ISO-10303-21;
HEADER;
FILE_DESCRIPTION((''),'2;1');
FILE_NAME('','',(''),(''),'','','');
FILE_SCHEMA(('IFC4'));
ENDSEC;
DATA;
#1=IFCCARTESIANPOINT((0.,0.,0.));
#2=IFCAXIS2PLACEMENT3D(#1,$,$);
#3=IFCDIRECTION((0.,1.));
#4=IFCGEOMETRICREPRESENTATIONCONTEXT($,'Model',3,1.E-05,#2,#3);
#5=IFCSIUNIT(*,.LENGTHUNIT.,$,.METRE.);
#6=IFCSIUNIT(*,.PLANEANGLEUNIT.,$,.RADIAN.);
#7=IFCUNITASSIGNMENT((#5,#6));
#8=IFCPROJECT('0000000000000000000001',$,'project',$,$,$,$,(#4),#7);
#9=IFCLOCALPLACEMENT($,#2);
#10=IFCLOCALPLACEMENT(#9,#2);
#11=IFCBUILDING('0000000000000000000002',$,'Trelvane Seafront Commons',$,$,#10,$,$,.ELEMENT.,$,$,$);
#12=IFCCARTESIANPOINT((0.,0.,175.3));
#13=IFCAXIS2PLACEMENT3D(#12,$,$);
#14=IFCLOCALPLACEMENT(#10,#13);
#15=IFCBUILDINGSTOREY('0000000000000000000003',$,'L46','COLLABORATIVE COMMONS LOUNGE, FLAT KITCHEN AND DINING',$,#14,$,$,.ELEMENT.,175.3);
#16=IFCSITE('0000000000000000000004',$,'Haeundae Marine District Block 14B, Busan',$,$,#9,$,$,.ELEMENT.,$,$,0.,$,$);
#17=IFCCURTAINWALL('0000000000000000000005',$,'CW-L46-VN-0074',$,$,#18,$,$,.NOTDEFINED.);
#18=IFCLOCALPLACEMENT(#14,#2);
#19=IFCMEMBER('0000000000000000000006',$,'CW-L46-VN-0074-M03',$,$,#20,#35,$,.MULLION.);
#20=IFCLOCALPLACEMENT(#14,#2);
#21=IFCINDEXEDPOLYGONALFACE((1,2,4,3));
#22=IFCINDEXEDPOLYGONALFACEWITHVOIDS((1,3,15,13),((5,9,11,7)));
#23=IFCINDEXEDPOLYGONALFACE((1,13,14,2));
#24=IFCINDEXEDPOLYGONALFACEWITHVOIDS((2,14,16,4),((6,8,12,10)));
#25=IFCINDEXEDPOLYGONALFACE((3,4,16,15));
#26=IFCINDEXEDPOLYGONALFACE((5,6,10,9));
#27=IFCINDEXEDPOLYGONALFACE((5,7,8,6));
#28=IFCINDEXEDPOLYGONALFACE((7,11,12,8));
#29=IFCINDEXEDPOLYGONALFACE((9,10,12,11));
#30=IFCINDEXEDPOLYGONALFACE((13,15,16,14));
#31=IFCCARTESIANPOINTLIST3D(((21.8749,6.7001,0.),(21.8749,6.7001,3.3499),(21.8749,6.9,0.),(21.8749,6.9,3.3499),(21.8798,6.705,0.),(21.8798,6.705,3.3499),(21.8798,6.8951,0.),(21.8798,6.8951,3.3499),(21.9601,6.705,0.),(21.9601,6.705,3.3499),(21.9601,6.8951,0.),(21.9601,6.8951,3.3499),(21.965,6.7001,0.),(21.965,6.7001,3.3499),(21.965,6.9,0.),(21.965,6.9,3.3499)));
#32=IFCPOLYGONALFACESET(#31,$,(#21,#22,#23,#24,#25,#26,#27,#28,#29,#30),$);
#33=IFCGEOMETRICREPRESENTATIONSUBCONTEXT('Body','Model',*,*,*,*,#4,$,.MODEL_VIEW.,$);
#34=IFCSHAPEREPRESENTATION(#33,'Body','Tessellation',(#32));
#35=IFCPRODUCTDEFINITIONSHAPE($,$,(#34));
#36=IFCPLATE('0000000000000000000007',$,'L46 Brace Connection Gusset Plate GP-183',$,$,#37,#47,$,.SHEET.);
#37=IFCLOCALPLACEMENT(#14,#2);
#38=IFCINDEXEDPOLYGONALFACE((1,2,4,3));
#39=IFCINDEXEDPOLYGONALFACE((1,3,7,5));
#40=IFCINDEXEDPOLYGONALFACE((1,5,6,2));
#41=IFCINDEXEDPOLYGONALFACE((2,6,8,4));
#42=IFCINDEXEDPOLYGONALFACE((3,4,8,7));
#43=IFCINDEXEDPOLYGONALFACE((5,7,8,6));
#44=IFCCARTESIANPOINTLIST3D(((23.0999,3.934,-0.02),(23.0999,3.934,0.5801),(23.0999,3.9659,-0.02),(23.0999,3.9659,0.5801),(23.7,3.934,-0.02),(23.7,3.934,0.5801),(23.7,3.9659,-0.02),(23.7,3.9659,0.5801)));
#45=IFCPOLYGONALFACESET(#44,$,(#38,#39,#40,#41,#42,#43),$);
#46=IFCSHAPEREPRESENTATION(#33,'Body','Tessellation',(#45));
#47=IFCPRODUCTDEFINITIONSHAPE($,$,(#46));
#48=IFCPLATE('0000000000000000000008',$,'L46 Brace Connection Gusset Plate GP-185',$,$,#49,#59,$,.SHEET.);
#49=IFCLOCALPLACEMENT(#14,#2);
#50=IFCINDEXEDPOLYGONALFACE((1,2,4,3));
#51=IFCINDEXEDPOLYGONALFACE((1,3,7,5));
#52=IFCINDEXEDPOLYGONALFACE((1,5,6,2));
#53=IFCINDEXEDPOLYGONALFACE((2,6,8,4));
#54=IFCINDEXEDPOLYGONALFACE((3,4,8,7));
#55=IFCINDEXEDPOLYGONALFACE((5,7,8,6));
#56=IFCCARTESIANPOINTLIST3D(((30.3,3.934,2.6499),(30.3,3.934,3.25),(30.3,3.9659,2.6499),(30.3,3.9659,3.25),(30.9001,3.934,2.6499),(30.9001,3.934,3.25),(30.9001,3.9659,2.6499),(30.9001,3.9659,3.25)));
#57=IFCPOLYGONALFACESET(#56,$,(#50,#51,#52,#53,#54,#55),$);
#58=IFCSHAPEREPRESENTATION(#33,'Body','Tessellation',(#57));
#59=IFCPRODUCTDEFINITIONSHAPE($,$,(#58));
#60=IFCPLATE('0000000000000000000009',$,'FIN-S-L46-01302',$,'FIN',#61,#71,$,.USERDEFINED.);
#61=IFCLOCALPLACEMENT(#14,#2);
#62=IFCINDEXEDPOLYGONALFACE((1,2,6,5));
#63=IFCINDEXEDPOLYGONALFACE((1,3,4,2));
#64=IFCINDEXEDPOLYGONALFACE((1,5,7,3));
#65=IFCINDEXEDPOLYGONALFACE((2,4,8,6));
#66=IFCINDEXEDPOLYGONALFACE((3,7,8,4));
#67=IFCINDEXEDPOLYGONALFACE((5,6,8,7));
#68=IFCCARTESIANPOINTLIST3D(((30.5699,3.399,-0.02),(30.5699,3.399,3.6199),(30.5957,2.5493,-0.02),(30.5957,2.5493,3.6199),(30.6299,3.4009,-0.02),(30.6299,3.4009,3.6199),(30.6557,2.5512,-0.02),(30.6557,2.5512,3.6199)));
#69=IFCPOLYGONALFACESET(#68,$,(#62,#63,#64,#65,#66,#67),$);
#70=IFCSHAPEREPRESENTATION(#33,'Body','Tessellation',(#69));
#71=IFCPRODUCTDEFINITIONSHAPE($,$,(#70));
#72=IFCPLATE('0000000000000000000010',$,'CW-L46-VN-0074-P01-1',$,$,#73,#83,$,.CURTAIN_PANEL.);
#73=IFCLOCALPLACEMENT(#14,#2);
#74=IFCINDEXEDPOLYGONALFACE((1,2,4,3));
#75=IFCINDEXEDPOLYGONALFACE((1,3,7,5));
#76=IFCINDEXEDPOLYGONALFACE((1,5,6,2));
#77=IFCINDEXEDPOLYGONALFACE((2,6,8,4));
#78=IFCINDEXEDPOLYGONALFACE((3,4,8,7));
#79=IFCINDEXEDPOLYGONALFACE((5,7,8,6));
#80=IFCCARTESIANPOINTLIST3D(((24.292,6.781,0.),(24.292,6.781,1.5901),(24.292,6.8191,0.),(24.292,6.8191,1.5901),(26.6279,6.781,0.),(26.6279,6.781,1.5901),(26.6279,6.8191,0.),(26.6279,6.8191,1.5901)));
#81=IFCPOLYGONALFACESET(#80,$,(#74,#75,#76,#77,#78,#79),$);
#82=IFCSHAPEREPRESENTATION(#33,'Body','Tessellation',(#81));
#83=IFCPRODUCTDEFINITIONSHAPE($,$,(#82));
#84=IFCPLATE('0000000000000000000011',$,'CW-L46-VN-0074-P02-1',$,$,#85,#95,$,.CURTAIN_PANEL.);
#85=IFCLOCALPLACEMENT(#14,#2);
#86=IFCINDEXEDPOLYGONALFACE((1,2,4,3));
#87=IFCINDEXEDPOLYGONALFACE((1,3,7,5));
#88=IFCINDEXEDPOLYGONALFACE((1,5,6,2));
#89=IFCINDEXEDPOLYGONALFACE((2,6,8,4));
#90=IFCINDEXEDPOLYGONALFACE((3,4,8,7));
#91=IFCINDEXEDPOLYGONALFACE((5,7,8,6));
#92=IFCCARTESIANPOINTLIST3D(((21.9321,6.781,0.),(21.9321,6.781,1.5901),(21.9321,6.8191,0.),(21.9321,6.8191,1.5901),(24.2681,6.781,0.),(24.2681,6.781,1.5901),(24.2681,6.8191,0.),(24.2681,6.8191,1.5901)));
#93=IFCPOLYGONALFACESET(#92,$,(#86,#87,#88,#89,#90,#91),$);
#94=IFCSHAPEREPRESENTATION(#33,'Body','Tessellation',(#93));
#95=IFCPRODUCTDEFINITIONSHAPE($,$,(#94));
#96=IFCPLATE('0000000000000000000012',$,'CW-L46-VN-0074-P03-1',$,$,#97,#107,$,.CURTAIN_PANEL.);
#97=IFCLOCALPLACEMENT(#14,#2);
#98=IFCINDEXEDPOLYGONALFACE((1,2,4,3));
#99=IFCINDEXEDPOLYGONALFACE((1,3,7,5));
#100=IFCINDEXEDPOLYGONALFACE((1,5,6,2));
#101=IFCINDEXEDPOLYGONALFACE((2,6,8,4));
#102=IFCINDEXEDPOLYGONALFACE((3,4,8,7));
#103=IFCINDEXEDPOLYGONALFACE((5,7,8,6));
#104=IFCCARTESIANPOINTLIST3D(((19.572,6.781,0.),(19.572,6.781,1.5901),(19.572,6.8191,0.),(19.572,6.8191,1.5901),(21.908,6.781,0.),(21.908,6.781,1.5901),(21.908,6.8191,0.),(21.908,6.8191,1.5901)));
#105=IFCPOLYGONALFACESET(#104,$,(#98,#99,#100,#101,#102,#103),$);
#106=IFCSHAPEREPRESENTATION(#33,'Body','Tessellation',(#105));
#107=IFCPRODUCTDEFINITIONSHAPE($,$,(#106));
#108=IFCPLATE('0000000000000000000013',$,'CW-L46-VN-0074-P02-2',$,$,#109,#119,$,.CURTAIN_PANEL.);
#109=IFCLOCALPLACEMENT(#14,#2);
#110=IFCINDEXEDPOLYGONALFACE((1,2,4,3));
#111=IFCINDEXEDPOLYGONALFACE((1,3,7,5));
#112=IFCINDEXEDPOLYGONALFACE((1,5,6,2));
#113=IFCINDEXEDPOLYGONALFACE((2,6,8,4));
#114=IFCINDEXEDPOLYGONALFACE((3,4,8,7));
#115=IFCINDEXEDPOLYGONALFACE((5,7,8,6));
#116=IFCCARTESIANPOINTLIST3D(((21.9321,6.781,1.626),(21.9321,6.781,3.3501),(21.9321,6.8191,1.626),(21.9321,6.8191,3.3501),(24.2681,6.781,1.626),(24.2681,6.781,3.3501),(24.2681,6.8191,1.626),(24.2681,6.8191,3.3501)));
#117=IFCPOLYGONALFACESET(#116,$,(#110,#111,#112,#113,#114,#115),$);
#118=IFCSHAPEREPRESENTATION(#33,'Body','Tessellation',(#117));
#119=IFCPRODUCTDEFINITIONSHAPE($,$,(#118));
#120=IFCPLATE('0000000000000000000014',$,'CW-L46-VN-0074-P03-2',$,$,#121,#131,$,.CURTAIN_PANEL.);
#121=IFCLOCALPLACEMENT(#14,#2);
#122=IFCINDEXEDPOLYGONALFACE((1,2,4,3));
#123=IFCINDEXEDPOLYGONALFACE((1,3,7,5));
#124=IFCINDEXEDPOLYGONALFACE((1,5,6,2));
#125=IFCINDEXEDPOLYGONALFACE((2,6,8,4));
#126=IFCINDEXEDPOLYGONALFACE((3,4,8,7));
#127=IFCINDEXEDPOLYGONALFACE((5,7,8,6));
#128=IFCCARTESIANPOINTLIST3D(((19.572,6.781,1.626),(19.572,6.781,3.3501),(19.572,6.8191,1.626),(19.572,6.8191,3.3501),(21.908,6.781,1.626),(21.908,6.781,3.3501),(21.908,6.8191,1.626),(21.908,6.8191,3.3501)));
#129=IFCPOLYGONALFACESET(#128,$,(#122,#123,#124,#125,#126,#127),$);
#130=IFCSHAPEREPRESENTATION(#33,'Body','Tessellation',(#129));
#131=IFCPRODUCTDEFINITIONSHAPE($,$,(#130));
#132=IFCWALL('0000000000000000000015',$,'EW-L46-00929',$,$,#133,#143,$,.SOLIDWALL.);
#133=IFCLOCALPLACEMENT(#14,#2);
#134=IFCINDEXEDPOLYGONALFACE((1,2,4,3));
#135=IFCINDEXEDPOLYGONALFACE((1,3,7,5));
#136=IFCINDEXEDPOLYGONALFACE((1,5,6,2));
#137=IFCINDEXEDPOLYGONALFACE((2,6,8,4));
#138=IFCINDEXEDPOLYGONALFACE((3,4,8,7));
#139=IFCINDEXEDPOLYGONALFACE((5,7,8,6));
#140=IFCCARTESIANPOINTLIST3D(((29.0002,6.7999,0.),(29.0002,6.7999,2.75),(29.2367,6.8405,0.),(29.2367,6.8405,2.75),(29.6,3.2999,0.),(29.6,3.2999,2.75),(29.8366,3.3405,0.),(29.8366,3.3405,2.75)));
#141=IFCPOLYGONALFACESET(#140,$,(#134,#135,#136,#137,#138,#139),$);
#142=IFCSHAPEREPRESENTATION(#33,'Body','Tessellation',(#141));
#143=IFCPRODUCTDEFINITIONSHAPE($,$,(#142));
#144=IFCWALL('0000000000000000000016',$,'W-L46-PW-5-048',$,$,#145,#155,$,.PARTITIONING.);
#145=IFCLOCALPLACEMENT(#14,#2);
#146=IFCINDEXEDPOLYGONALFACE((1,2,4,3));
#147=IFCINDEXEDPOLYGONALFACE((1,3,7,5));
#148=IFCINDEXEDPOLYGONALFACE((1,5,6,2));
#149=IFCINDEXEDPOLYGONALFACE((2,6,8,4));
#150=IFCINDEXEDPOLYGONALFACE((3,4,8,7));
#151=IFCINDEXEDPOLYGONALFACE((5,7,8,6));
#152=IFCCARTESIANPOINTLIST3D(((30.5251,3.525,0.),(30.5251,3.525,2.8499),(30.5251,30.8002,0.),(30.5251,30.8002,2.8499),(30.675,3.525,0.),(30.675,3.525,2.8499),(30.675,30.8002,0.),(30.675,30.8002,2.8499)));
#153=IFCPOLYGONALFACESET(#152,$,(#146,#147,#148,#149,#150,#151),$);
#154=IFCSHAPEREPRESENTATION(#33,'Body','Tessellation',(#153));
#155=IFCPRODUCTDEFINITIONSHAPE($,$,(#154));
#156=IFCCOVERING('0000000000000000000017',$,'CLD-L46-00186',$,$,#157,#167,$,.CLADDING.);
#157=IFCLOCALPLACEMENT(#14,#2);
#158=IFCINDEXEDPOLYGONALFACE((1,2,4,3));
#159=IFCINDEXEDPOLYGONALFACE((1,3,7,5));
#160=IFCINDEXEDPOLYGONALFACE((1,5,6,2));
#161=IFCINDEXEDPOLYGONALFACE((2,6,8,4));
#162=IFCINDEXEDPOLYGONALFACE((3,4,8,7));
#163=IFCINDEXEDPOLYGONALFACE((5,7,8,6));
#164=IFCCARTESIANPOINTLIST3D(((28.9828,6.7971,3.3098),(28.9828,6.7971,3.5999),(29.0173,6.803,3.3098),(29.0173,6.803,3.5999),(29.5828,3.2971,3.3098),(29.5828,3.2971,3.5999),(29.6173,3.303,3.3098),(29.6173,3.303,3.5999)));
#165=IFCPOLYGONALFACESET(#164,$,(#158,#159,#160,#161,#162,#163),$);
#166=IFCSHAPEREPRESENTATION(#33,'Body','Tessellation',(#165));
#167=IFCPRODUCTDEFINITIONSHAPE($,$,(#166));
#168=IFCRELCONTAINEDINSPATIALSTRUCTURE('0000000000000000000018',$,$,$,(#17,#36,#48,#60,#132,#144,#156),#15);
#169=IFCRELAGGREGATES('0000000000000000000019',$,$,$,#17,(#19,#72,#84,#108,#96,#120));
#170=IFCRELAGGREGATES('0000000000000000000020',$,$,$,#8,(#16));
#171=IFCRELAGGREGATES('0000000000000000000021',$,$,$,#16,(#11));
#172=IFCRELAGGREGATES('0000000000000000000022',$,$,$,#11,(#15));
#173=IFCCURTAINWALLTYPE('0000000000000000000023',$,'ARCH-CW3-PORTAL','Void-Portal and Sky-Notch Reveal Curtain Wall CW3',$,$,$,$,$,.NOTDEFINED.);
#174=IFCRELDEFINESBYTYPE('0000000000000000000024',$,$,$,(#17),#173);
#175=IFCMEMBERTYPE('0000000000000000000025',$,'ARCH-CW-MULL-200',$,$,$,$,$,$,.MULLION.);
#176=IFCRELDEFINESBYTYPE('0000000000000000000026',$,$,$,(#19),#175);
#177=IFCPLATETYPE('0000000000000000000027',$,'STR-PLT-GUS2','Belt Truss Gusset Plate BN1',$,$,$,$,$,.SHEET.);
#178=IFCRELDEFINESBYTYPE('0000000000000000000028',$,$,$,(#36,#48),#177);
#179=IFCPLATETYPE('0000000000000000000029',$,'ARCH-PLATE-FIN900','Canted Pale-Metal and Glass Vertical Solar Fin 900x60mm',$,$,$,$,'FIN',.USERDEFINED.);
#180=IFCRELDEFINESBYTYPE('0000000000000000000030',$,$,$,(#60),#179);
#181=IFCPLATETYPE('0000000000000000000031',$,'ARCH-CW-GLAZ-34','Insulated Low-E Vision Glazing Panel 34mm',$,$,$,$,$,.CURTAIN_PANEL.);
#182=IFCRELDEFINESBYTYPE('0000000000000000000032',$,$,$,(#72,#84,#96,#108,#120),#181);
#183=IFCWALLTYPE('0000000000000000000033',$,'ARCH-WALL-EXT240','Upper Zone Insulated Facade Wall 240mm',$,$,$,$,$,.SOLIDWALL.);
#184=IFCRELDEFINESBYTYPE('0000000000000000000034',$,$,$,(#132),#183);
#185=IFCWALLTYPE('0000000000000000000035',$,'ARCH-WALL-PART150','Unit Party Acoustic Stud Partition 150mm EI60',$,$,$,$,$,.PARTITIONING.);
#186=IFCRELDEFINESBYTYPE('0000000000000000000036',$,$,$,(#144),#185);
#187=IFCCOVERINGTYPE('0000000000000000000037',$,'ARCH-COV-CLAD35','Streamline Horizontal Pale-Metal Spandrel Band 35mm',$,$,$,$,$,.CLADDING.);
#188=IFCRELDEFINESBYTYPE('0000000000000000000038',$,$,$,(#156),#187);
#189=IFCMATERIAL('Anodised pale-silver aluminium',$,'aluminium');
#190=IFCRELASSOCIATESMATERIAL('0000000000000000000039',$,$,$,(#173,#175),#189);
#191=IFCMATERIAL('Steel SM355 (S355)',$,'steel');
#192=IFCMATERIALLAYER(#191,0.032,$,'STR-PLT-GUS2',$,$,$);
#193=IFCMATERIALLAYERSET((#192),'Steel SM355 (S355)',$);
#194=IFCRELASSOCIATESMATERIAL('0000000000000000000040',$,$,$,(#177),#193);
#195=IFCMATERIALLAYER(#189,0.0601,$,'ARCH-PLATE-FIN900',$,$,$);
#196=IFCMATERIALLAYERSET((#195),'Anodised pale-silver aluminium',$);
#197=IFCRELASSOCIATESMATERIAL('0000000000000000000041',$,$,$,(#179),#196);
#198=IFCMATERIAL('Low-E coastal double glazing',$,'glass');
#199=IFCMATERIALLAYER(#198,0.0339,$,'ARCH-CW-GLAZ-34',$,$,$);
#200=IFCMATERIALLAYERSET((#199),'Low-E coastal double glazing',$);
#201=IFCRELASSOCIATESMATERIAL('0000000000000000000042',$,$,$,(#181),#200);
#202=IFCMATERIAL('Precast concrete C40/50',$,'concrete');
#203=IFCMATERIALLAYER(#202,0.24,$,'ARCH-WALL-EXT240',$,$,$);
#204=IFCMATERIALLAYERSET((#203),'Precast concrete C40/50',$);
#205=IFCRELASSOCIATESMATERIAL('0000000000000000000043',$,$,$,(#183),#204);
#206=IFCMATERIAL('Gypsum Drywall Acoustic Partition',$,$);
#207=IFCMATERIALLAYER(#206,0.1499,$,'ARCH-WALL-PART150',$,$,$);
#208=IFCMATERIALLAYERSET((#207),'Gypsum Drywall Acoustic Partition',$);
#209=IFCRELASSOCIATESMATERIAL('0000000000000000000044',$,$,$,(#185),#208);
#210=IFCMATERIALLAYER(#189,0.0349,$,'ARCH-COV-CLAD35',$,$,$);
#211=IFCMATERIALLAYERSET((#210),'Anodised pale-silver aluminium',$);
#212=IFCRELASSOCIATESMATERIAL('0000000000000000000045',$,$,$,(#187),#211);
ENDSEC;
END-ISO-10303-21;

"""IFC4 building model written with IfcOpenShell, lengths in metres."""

from ifc_helpers import new_model, si_unit, direction, frame, frame_2d, origin, origin_2d, place, context, subcontext, project, spatial, rectangle, hollow_rectangle, extrude, source, transform, mapped, material, layer, layer_set, material_profile, profile_set, type_object, element, aggregate, save


model = new_model("IFC4")

# Units and contexts
model_context = context("Model", 3, precision=1e-05, world=origin(), true_north=direction((0.0, 1.0)))
body_context = subcontext(model_context, "Body", "Model", "MODEL_VIEW")
ifc_project = project(units=[si_unit("LENGTHUNIT", "METRE"), si_unit("PLANEANGLEUNIT", "RADIAN")], contexts=[model_context])

# Site, building, storey
site_placement = place(None, origin())
site = spatial("IfcSite", under=ifc_project, at=site_placement, Name="Haeundae Marine District Block 14B, Busan", CompositionType="ELEMENT", RefElevation=0.0)
building_placement = place(site_placement, origin())
building = spatial("IfcBuilding", under=site, at=building_placement, Name="Trelvane Seafront Commons", CompositionType="ELEMENT")
storey_placement = place(building_placement, frame((0.0, 0.0, 175.3)))
storey = spatial("IfcBuildingStorey", under=building, at=storey_placement, Name="L46", Description="COLLABORATIVE COMMONS LOUNGE, FLAT KITCHEN AND DINING", CompositionType="ELEMENT", Elevation=175.3)

# Shared definitions
ifc_material_1 = material(Name="Steel SM355 (S355)", Category="steel")

# Curtain wall, member
ifc_material_2 = material(Name="Anodised pale-silver aluminium", Category="aluminium")
curtain_wall_type = type_object("IfcCurtainWallType", Name="ARCH-CW3-PORTAL", Description="Void-Portal and Sky-Notch Reveal Curtain Wall CW3", PredefinedType="NOTDEFINED", material=ifc_material_2)
curtain_wall_placement = place(storey_placement, origin())
curtain_wall = element("IfcCurtainWall", 1, at=curtain_wall_placement, inside=storey, type_object=curtain_wall_type, Name="CW-L46-VN-0074", PredefinedType="NOTDEFINED")
ifc_material_profile_1 = material_profile(ifc_material_2, hollow_rectangle(XDim=0.0901, YDim=0.2, WallThickness=0.0049, at=origin_2d()), Name="MULL-90x200x5")
ifc_profile_set_1 = profile_set([ifc_material_profile_1], Name="Anodised pale-silver aluminium")
member_type_1 = type_object("IfcMemberType", Name="ARCH-CW-MULL-200", PredefinedType="MULLION", material=ifc_profile_set_1)
shared_shape_1 = source(origin(), body_context, "Body", "SweptSolid", [
    extrude(hollow_rectangle(XDim=0.0901, YDim=0.2, WallThickness=0.0049, at=origin_2d()), origin(), (0.0, 0.0, 1.0), 3.3499),
])
member_1_placement = place(storey_placement, frame((21.9199, 6.8, 0.0), z_axis=(0.0, 0.0, 1.0), x_axis=(1.0, 0.0, 0.0)))
member_1 = element("IfcMember", 2, at=member_1_placement, type_object=member_type_1, Name="CW-L46-VN-0074-M03", PredefinedType="MULLION", context=body_context, shape_type="MappedRepresentation", body=[
    mapped(shared_shape_1, transform((0.0, 0.0, 0.0), x_axis=(1.0, 0.0, 0.0), y_axis=(0.0, 1.0, 0.0), z_axis=(0.0, 0.0, 1.0), scale=1.0)),
])

# Plates
ifc_layer_1 = layer(ifc_material_1, 0.032, Name="STR-PLT-GUS2")
ifc_layer_set_1 = layer_set([ifc_layer_1], Name="Steel SM355 (S355)")
plate_type_1 = type_object("IfcPlateType", Name="STR-PLT-GUS2", Description="Belt Truss Gusset Plate BN1", PredefinedType="SHEET", material=ifc_layer_set_1)
shared_shape_2 = source(origin(), body_context, "Body", "SweptSolid", [
    extrude(rectangle(XDim=0.6001, YDim=0.032, at=origin_2d()), origin(), (0.0, 0.0, 1.0), 0.6001),
])
for number, where, z_axis, x_axis, name in (
    (3, (23.3999, 3.95, -0.02), (0.0, 0.0, 1.0), (1.0, 0.0, 0.0), "L46 Brace Connection Gusset Plate GP-183"),
    (4, (30.6001, 3.95, 2.6499), (0.0, 0.0, 1.0), (1.0, 0.0, 0.0), "L46 Brace Connection Gusset Plate GP-185"),
):
    element("IfcPlate", number, at=place(storey_placement, frame(where, z_axis=z_axis, x_axis=x_axis)), inside=storey, type_object=plate_type_1, Name=name, PredefinedType="SHEET", context=body_context, shape_type="MappedRepresentation", body=[
        mapped(shared_shape_2, transform((0.0, 0.0, 0.0), x_axis=(1.0, 0.0, 0.0), y_axis=(0.0, 1.0, 0.0), z_axis=(0.0, 0.0, 1.0), scale=1.0)),
    ])
ifc_layer_2 = layer(ifc_material_2, 0.0601, Name="ARCH-PLATE-FIN900")
ifc_layer_set_2 = layer_set([ifc_layer_2], Name="Anodised pale-silver aluminium")
plate_type_2 = type_object("IfcPlateType", Name="ARCH-PLATE-FIN900", Description="Canted Pale-Metal and Glass Vertical Solar Fin 900x60mm", ElementType="FIN", PredefinedType="USERDEFINED", material=ifc_layer_set_2)
shared_shape_3 = source(origin(), body_context, "Body", "SweptSolid", [
    extrude(rectangle(XDim=0.8501, YDim=0.0601, at=origin_2d()), origin(), (0.0, 0.0, 1.0), 3.6399),
])
plate_1_placement = place(storey_placement, frame((30.6128, 2.9751, -0.02), z_axis=(0.0, 0.0, 1.0), x_axis=(0.030354, -0.999539, 0.0)))
element("IfcPlate", 5, at=plate_1_placement, inside=storey, type_object=plate_type_2, Name="FIN-S-L46-01302", ObjectType="FIN", PredefinedType="USERDEFINED", context=body_context, shape_type="MappedRepresentation", body=[
    mapped(shared_shape_3, transform((0.0, 0.0, 0.0), x_axis=(1.0, 0.0, 0.0), y_axis=(0.0, 1.0, 0.0), z_axis=(0.0, 0.0, 1.0), scale=1.0)),
])

# Plates
ifc_material_3 = material(Name="Low-E coastal double glazing", Category="glass")
ifc_layer_3 = layer(ifc_material_3, 0.0339, Name="ARCH-CW-GLAZ-34")
ifc_layer_set_3 = layer_set([ifc_layer_3], Name="Low-E coastal double glazing")
plate_type_3 = type_object("IfcPlateType", Name="ARCH-CW-GLAZ-34", Description="Insulated Low-E Vision Glazing Panel 34mm", PredefinedType="CURTAIN_PANEL", material=ifc_layer_set_3)
shared_shape_4 = source(origin(), body_context, "Body", "SweptSolid", [
    extrude(rectangle(XDim=2.3359, YDim=0.0381, at=origin_2d()), origin(), (0.0, 0.0, 1.0), 1.5901),
])
plate_2_placement = place(storey_placement, frame((25.46, 6.8, 0.0), z_axis=(0.0, 0.0, 1.0), x_axis=(-1.0, 0.0, 0.0)))
plate_2 = element("IfcPlate", 6, at=plate_2_placement, type_object=plate_type_3, Name="CW-L46-VN-0074-P01-1", PredefinedType="CURTAIN_PANEL", context=body_context, shape_type="MappedRepresentation", body=[
    mapped(shared_shape_4, transform((0.0, 0.0, 0.0), x_axis=(1.0, 0.0, 0.0), y_axis=(0.0, 1.0, 0.0), z_axis=(0.0, 0.0, 1.0), scale=1.0)),
])
plate_3_placement = place(storey_placement, frame((23.1001, 6.8, 0.0), z_axis=(0.0, 0.0, 1.0), x_axis=(-1.0, 0.0, 0.0)))
plate_3 = element("IfcPlate", 7, at=plate_3_placement, type_object=plate_type_3, Name="CW-L46-VN-0074-P02-1", PredefinedType="CURTAIN_PANEL", context=body_context, shape_type="MappedRepresentation", body=[
    mapped(shared_shape_4, transform((0.0, 0.0, 0.0), x_axis=(1.0, 0.0, 0.0), y_axis=(0.0, 1.0, 0.0), z_axis=(0.0, 0.0, 1.0), scale=1.0)),
])
plate_4_placement = place(storey_placement, frame((20.74, 6.8, 0.0), z_axis=(0.0, 0.0, 1.0), x_axis=(-1.0, 0.0, 0.0)))
plate_4 = element("IfcPlate", 8, at=plate_4_placement, type_object=plate_type_3, Name="CW-L46-VN-0074-P03-1", PredefinedType="CURTAIN_PANEL", context=body_context, shape_type="MappedRepresentation", body=[
    mapped(shared_shape_4, transform((0.0, 0.0, 0.0), x_axis=(1.0, 0.0, 0.0), y_axis=(0.0, 1.0, 0.0), z_axis=(0.0, 0.0, 1.0), scale=1.0)),
])
shared_shape_5 = source(origin(), body_context, "Body", "SweptSolid", [
    extrude(rectangle(XDim=2.3359, YDim=0.0381, at=origin_2d()), origin(), (0.0, 0.0, 1.0), 1.7241),
])
plate_5_placement = place(storey_placement, frame((23.1001, 6.8, 1.626), z_axis=(0.0, 0.0, 1.0), x_axis=(-1.0, 0.0, 0.0)))
plate_5 = element("IfcPlate", 9, at=plate_5_placement, type_object=plate_type_3, Name="CW-L46-VN-0074-P02-2", PredefinedType="CURTAIN_PANEL", context=body_context, shape_type="MappedRepresentation", body=[
    mapped(shared_shape_5, transform((0.0, 0.0, 0.0), x_axis=(1.0, 0.0, 0.0), y_axis=(0.0, 1.0, 0.0), z_axis=(0.0, 0.0, 1.0), scale=1.0)),
])
plate_6_placement = place(storey_placement, frame((20.74, 6.8, 1.626), z_axis=(0.0, 0.0, 1.0), x_axis=(-1.0, 0.0, 0.0)))
plate_6 = element("IfcPlate", 10, at=plate_6_placement, type_object=plate_type_3, Name="CW-L46-VN-0074-P03-2", PredefinedType="CURTAIN_PANEL", context=body_context, shape_type="MappedRepresentation", body=[
    mapped(shared_shape_5, transform((0.0, 0.0, 0.0), x_axis=(1.0, 0.0, 0.0), y_axis=(0.0, 1.0, 0.0), z_axis=(0.0, 0.0, 1.0), scale=1.0)),
])
aggregate(curtain_wall, [member_1, plate_2, plate_3, plate_5, plate_4, plate_6])

# Walls
ifc_material_4 = material(Name="Precast concrete C40/50", Category="concrete")
ifc_layer_4 = layer(ifc_material_4, 0.24, Name="ARCH-WALL-EXT240")
ifc_layer_set_4 = layer_set([ifc_layer_4], Name="Precast concrete C40/50")
wall_type_1 = type_object("IfcWallType", Name="ARCH-WALL-EXT240", Description="Upper Zone Insulated Facade Wall 240mm", PredefinedType="SOLIDWALL", material=ifc_layer_set_4)
wall_1_placement = place(storey_placement, frame((29.7183, 3.3203, 0.0), z_axis=(0.0, 0.0, 1.0), x_axis=(-0.168924, 0.985629, 0.0)))
element("IfcWall", 11, at=wall_1_placement, inside=storey, type_object=wall_type_1, Name="EW-L46-00929", PredefinedType="SOLIDWALL", context=body_context, shape_type="SweptSolid", body=[
    extrude(rectangle(XDim=3.551, YDim=0.24, at=frame_2d((1.7754, 0.0))), origin(), (0.0, 0.0, 1.0), 2.75),
])
ifc_material_5 = material(Name="Gypsum Drywall Acoustic Partition")
ifc_layer_5 = layer(ifc_material_5, 0.1499, Name="ARCH-WALL-PART150")
ifc_layer_set_5 = layer_set([ifc_layer_5], Name="Gypsum Drywall Acoustic Partition")
wall_type_2 = type_object("IfcWallType", Name="ARCH-WALL-PART150", Description="Unit Party Acoustic Stud Partition 150mm EI60", PredefinedType="PARTITIONING", material=ifc_layer_set_5)
wall_2_placement = place(storey_placement, frame((30.6001, 3.5249, 0.0), z_axis=(0.0, 0.0, 1.0), x_axis=(0.0, 1.0, 0.0)))
element("IfcWall", 12, at=wall_2_placement, inside=storey, type_object=wall_type_2, Name="W-L46-PW-5-048", PredefinedType="PARTITIONING", context=body_context, shape_type="SweptSolid", body=[
    extrude(rectangle(XDim=27.2751, YDim=0.1499, at=frame_2d((13.6377, 0.0))), origin(), (0.0, 0.0, 1.0), 2.8499),
])

# Covering
ifc_layer_6 = layer(ifc_material_2, 0.0349, Name="ARCH-COV-CLAD35")
ifc_layer_set_6 = layer_set([ifc_layer_6], Name="Anodised pale-silver aluminium")
covering_type = type_object("IfcCoveringType", Name="ARCH-COV-CLAD35", Description="Streamline Horizontal Pale-Metal Spandrel Band 35mm", PredefinedType="CLADDING", material=ifc_layer_set_6)
shared_shape_6 = source(origin(), body_context, "Body", "SweptSolid", [
    extrude(rectangle(XDim=3.551, YDim=0.0349, at=origin_2d()), origin(), (0.0, 0.0, 1.0), 0.29),
])
covering_placement = place(storey_placement, frame((29.3, 5.05, 3.3098), z_axis=(0.0, 0.0, 1.0), x_axis=(-0.168964, 0.985622, 0.0)))
element("IfcCovering", 13, at=covering_placement, inside=storey, type_object=covering_type, Name="CLD-L46-00186", PredefinedType="CLADDING", context=body_context, shape_type="MappedRepresentation", body=[
    mapped(shared_shape_6, transform((0.0, 0.0, 0.0), x_axis=(1.0, 0.0, 0.0), y_axis=(0.0, 1.0, 0.0), z_axis=(0.0, 0.0, 1.0), scale=1.0)),
])

save(model, "model.ifc")
